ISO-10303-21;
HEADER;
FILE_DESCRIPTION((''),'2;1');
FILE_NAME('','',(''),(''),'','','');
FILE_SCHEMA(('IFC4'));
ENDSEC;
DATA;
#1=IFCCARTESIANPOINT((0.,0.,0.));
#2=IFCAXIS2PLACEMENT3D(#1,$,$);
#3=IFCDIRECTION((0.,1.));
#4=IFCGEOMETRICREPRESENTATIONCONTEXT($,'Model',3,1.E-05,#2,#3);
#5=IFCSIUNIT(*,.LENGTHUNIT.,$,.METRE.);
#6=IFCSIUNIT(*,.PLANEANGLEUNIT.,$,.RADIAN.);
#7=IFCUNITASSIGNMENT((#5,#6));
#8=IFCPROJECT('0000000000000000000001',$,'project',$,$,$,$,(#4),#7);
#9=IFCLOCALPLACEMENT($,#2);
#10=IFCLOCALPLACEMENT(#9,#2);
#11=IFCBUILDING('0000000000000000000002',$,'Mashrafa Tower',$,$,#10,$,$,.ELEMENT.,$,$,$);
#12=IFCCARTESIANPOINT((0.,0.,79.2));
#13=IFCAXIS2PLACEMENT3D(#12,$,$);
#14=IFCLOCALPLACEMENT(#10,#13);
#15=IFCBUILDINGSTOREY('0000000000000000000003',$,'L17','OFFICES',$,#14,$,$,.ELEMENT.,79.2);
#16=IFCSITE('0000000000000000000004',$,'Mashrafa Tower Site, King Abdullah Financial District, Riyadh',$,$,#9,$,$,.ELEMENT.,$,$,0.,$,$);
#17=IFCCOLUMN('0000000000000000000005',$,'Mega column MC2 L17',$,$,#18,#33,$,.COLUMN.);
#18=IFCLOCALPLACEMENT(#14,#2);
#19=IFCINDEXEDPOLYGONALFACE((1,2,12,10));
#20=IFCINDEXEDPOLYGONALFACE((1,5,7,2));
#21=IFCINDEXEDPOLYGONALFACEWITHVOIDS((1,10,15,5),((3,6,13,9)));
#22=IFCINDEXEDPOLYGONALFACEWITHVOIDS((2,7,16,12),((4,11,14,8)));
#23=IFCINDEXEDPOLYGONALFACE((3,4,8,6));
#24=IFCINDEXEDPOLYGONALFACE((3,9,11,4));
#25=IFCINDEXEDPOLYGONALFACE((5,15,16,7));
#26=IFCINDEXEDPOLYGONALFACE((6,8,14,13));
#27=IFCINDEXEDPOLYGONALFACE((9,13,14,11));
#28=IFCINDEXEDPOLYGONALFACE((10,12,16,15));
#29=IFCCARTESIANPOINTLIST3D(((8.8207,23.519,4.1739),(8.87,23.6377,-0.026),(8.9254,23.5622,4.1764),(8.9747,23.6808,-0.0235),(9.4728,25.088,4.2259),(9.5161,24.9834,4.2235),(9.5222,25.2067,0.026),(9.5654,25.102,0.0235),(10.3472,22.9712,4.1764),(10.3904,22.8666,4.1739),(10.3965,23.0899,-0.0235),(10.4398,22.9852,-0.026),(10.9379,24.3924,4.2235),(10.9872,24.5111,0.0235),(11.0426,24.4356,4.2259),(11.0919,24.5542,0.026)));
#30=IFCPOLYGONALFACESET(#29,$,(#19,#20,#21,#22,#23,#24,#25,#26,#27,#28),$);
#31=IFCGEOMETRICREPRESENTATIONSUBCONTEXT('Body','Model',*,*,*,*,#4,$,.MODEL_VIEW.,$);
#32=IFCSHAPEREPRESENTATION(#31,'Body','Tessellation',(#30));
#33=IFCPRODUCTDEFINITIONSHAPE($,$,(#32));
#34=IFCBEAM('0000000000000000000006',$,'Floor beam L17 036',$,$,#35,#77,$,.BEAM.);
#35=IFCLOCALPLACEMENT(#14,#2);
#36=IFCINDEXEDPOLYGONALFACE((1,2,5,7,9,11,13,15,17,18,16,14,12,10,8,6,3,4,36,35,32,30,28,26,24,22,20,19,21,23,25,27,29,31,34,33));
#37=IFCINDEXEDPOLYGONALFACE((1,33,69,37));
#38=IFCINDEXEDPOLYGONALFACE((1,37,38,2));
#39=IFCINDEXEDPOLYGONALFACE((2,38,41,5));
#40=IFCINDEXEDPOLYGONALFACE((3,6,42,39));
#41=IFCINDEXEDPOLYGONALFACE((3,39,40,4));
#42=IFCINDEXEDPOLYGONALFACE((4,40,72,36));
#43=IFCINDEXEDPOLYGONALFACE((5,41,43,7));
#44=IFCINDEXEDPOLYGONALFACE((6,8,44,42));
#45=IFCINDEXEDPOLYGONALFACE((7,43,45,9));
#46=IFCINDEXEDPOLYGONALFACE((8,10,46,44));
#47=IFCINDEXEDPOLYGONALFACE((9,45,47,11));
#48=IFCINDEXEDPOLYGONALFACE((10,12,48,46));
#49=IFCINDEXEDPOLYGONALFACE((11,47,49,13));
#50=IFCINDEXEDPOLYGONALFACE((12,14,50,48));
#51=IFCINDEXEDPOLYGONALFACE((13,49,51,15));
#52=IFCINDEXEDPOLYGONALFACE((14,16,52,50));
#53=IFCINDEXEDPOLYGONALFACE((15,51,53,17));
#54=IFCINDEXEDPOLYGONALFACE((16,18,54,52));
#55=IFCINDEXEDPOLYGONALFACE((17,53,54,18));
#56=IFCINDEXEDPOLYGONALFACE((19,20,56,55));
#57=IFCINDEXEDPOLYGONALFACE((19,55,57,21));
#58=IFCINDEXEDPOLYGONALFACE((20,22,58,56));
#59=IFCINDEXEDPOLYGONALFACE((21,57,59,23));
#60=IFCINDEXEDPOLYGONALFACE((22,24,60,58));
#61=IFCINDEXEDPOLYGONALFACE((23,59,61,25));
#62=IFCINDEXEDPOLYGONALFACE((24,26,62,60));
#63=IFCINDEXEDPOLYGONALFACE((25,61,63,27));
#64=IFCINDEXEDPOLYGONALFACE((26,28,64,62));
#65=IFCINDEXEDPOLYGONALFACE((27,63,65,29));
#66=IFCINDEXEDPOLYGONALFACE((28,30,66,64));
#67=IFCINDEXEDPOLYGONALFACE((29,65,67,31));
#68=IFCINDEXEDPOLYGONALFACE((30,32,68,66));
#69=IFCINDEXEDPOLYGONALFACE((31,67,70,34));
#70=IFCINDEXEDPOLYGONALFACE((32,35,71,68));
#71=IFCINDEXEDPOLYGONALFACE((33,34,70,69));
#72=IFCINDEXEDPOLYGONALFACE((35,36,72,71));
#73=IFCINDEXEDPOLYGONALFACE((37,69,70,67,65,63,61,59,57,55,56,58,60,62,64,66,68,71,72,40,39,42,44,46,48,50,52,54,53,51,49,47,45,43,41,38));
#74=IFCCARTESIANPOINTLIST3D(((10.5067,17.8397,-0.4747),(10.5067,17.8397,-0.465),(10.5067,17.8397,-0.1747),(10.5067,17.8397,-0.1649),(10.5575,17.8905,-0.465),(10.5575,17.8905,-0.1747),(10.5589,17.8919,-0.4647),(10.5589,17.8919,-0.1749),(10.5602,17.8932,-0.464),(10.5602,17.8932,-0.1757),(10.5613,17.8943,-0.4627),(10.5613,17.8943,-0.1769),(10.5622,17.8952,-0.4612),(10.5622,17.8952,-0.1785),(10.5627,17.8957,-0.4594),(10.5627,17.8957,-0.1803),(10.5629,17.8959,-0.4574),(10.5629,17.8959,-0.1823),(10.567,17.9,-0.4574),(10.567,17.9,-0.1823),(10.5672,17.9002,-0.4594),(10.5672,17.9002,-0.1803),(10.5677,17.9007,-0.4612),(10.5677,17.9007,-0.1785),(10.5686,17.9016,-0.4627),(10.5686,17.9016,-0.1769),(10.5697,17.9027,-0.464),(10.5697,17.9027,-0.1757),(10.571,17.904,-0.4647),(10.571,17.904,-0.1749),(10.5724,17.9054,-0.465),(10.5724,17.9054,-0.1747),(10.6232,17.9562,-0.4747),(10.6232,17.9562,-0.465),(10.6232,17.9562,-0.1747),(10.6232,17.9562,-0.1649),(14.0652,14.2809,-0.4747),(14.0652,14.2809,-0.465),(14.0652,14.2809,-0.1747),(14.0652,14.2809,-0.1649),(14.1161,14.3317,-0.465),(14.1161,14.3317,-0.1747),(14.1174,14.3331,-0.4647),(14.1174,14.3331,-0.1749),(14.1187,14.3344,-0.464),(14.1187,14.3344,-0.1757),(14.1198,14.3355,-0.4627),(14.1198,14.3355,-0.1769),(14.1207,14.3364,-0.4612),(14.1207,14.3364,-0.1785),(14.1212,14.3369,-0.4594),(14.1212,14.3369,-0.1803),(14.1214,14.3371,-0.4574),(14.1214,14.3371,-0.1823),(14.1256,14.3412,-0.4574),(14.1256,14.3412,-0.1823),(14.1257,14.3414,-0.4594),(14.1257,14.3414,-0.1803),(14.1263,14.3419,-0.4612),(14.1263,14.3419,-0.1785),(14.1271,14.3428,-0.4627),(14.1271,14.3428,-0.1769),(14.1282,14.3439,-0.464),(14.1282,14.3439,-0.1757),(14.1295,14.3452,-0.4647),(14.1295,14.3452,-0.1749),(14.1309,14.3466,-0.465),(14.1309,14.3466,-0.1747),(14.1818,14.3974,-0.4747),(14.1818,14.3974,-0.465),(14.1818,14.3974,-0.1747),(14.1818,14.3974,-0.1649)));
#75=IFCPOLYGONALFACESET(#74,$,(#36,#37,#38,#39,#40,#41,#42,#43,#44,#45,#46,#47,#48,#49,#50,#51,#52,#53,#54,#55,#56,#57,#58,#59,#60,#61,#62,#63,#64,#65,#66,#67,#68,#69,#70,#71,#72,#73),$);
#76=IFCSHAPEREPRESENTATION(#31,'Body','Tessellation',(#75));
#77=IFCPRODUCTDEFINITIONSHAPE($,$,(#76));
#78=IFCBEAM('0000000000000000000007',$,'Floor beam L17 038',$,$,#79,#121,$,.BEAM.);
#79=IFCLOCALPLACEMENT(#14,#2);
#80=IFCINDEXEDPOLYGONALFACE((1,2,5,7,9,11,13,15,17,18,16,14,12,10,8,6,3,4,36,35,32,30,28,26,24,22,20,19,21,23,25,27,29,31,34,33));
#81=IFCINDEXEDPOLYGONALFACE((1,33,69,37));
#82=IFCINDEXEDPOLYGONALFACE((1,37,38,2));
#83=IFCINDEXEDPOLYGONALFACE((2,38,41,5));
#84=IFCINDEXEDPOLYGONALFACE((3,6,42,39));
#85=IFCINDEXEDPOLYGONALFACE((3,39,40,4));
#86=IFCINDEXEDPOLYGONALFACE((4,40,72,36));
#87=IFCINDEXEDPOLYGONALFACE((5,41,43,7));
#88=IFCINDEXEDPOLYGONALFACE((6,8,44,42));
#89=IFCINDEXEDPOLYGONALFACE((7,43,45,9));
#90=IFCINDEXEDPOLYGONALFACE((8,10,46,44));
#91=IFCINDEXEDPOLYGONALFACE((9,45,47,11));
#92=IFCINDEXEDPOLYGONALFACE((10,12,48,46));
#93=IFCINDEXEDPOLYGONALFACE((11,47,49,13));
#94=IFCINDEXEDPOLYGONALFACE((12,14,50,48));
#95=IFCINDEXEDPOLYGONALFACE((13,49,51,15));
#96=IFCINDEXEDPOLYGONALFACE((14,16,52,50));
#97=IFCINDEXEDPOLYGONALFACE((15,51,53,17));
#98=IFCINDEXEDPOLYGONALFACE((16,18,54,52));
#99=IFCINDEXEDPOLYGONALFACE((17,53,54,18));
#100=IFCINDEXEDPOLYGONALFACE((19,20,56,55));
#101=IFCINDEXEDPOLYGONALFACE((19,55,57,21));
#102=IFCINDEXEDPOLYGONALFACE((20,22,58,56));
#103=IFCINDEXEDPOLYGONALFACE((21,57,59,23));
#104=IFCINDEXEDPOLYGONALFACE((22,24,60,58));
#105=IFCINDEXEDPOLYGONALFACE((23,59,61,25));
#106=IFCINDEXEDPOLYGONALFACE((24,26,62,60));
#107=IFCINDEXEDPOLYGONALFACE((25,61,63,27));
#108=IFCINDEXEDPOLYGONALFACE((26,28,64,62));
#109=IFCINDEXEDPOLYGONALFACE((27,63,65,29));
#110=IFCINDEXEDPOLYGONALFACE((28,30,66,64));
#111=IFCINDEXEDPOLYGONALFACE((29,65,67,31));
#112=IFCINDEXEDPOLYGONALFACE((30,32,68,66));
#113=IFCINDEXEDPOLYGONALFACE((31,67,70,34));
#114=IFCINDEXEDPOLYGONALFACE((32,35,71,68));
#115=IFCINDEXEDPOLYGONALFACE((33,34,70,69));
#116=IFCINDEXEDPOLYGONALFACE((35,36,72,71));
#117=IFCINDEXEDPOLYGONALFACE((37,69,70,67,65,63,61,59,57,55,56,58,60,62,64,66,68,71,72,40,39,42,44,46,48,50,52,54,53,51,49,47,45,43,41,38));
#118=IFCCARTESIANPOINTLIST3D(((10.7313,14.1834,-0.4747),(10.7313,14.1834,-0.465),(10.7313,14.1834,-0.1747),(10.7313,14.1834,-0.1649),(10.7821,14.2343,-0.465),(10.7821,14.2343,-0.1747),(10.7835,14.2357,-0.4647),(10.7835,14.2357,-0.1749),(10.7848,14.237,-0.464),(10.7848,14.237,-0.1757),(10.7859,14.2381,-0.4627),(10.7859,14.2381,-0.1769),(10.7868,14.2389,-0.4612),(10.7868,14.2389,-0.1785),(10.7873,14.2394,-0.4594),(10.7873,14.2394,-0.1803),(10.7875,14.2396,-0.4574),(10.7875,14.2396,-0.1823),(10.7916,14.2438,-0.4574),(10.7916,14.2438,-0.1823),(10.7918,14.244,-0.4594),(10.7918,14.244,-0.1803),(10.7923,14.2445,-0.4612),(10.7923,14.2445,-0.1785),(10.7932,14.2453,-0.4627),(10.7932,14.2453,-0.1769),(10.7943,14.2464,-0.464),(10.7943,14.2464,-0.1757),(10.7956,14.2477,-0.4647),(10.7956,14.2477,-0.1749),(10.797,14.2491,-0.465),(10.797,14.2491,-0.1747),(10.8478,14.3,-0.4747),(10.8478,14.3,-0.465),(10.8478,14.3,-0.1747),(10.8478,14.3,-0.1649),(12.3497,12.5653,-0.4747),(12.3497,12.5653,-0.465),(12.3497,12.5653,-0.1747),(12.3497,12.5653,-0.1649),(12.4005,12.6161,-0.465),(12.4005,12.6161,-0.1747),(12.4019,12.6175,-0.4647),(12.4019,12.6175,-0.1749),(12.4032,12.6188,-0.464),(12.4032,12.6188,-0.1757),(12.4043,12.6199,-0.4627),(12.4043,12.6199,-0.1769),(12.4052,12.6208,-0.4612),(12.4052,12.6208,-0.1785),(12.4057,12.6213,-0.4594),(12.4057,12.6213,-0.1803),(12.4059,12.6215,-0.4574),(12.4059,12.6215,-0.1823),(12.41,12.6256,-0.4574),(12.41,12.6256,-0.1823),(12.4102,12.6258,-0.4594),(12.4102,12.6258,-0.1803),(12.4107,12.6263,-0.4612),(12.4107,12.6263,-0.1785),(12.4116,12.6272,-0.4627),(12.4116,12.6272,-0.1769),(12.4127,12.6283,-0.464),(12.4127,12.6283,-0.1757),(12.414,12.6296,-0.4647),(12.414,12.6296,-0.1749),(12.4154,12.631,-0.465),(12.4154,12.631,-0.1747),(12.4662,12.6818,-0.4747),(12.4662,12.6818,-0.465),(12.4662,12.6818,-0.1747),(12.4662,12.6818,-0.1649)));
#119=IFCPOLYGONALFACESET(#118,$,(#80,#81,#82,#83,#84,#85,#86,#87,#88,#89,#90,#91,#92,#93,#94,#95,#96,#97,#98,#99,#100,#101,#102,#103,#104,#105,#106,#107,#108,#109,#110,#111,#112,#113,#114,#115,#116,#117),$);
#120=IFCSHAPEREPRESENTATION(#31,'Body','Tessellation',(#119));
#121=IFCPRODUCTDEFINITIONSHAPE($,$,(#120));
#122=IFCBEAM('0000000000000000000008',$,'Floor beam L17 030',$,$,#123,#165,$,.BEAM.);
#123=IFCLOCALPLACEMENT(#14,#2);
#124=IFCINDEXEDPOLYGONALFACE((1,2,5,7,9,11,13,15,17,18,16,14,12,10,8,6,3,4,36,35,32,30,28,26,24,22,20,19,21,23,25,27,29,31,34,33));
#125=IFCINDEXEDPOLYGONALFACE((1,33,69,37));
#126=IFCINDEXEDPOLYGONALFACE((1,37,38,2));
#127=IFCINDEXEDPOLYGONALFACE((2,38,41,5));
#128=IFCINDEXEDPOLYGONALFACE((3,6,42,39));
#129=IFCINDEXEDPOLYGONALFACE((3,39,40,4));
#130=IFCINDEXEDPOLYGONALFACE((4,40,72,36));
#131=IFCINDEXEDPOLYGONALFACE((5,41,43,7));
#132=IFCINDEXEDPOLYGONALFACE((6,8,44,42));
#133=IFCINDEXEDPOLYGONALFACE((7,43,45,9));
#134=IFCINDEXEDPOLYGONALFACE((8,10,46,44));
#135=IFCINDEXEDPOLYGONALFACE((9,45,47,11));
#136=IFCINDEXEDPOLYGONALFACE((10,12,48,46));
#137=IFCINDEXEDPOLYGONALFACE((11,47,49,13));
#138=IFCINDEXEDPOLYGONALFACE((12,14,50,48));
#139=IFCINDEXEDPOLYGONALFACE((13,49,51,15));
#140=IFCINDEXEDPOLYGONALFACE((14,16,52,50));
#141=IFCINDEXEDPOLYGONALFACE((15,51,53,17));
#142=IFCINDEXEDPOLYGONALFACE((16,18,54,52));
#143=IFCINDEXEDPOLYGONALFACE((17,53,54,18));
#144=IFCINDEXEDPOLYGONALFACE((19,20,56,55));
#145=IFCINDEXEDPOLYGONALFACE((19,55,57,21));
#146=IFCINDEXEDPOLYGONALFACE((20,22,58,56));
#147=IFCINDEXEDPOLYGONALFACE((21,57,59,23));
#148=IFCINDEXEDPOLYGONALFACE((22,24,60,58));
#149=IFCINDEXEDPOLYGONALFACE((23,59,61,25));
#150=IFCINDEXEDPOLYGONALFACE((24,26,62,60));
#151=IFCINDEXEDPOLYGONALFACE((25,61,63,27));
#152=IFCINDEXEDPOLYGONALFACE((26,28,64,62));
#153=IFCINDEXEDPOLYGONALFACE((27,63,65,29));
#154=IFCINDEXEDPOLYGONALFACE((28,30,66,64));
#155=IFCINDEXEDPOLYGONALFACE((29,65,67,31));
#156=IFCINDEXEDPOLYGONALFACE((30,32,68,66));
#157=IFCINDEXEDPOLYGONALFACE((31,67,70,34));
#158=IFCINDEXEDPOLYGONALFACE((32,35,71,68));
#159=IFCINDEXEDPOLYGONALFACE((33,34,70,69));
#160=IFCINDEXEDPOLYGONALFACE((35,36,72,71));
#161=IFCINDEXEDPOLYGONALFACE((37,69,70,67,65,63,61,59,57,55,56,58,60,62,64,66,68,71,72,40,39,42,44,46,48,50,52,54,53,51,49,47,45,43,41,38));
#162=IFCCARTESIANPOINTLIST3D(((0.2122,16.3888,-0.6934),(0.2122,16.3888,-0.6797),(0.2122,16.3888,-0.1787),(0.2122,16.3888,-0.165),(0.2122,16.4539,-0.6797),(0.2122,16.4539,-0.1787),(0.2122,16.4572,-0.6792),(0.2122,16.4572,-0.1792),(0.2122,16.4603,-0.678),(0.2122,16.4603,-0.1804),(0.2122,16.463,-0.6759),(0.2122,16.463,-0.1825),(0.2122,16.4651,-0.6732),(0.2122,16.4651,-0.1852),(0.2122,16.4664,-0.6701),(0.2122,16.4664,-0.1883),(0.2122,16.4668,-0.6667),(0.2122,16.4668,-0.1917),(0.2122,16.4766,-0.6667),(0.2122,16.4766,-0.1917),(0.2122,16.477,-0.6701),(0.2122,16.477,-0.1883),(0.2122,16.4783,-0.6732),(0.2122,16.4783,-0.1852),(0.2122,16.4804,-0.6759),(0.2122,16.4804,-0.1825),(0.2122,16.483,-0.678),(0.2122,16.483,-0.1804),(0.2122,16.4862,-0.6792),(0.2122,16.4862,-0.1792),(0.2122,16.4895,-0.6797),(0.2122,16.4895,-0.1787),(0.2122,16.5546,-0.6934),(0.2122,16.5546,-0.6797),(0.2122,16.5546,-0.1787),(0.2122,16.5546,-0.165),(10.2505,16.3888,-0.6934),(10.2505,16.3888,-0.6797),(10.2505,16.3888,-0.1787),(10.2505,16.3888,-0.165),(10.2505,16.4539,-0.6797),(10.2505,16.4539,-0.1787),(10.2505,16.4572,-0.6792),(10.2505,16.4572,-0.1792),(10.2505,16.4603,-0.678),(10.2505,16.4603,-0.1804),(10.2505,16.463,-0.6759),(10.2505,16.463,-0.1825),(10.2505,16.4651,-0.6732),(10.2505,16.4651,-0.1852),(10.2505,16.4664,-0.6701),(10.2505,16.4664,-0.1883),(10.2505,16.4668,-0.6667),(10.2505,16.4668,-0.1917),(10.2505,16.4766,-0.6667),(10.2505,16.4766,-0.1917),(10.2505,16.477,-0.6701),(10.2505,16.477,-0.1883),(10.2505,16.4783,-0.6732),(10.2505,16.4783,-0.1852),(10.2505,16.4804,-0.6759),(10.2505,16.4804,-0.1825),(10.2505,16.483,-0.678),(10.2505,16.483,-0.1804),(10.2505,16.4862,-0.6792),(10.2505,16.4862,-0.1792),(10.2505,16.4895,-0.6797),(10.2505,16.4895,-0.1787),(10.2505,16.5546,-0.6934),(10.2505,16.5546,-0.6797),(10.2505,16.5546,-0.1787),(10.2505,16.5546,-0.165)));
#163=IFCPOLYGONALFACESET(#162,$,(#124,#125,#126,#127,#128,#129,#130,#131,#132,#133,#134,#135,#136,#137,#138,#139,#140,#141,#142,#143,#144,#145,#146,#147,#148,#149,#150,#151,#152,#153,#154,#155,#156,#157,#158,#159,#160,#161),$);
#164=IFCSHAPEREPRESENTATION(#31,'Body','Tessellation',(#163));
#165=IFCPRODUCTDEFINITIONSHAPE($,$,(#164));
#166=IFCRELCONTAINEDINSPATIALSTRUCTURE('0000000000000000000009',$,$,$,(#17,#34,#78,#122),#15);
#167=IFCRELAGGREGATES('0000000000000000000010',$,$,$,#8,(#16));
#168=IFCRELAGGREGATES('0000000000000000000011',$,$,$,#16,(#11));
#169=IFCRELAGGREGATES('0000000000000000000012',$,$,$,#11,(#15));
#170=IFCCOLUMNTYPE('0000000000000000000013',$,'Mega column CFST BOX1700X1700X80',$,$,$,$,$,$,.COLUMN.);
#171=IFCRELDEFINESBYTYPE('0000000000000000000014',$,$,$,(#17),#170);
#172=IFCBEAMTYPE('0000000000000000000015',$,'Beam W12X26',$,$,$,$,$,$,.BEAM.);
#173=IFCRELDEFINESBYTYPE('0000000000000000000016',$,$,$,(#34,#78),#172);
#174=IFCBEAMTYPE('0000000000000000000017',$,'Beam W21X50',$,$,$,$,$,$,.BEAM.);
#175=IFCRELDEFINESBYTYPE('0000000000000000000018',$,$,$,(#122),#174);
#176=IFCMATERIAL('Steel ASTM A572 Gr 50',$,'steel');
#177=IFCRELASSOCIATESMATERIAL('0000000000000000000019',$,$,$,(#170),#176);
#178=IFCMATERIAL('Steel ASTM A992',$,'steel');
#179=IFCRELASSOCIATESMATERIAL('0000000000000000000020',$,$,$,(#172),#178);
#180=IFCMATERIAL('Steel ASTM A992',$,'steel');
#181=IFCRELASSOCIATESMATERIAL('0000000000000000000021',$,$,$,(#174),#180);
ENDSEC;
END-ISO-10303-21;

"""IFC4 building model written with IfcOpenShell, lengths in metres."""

from ifc_helpers import new_model, si_unit, direction, frame, origin, origin_2d, place, context, subcontext, project, spatial, hollow_rectangle, i_section, extrude, material, material_profile, profile_set, type_object, element, save


model = new_model("IFC4")

# Units and contexts
model_context = context("Model", 3, precision=1e-05, world=origin(), true_north=direction((0.0, 1.0)))
body_context = subcontext(model_context, "Body", "Model", "MODEL_VIEW")
ifc_project = project(units=[si_unit("LENGTHUNIT", "METRE"), si_unit("PLANEANGLEUNIT", "RADIAN")], contexts=[model_context])

# Site, building, storey
site_placement = place(None, origin())
site = spatial("IfcSite", under=ifc_project, at=site_placement, Name="Mashrafa Tower Site, King Abdullah Financial District, Riyadh", CompositionType="ELEMENT", RefElevation=0.0)
building_placement = place(site_placement, origin())
building = spatial("IfcBuilding", under=site, at=building_placement, Name="Mashrafa Tower", CompositionType="ELEMENT")
storey_placement = place(building_placement, frame((0.0, 0.0, 79.2)))
storey = spatial("IfcBuildingStorey", under=building, at=storey_placement, Name="L17", Description="OFFICES", CompositionType="ELEMENT", Elevation=79.2)

# Column
ifc_material_1 = material(Name="Steel ASTM A572 Gr 50", Category="steel")
ifc_material_profile_1 = material_profile(ifc_material_1, hollow_rectangle(XDim=1.7, YDim=1.7, WallThickness=0.0801, at=origin_2d()), Name="BOX1700X1700X80")
ifc_profile_set_1 = profile_set([ifc_material_profile_1], Name="Steel ASTM A572 Gr 50")
column_type = type_object("IfcColumnType", Name="Mega column CFST BOX1700X1700X80", PredefinedType="COLUMN", material=ifc_profile_set_1)
column_placement = place(storey_placement, frame((9.981, 24.0959, 0.0), z_axis=(-0.011737, -0.028238, 0.999532), x_axis=(0.923414, -0.383806, 0.0)))
element("IfcColumn", 1, at=column_placement, inside=storey, type_object=column_type, Name="Mega column MC2 L17", PredefinedType="COLUMN", context=body_context, shape_type="SweptSolid", body=[
    extrude(hollow_rectangle(XDim=1.7, YDim=1.7, WallThickness=0.0801, at=origin_2d()), origin(), (0.0, 0.0, 1.0), 4.2019),
])

# Beams
ifc_material_2 = material(Name="Steel ASTM A992", Category="steel")
ifc_material_profile_2 = material_profile(ifc_material_2, i_section(OverallWidth=0.1648, OverallDepth=0.3098, WebThickness=0.0059, FlangeThickness=0.0098, FilletRadius=0.0076, at=origin_2d()), Name="W12X26")
ifc_profile_set_2 = profile_set([ifc_material_profile_2], Name="Steel ASTM A992")
beam_type_1 = type_object("IfcBeamType", Name="Beam W12X26", PredefinedType="BEAM", material=ifc_profile_set_2)
beam_1_placement = place(storey_placement, frame((10.5649, 17.8979, -0.3198), z_axis=(0.707083, -0.707131, 0.0), x_axis=(0.707131, 0.707083, 0.0)))
element("IfcBeam", 2, at=beam_1_placement, inside=storey, type_object=beam_type_1, Name="Floor beam L17 036", PredefinedType="BEAM", context=body_context, shape_type="SweptSolid", body=[
    extrude(i_section(OverallWidth=0.1648, OverallDepth=0.3098, WebThickness=0.0059, FlangeThickness=0.0098, FilletRadius=0.0076, at=origin_2d()), origin(), (0.0, 0.0, 1.0), 5.0327),
])
beam_2_placement = place(storey_placement, frame((10.7896, 14.2417, -0.3198), z_axis=(0.70716, -0.707053, 0.0), x_axis=(0.707053, 0.70716, 0.0)))
element("IfcBeam", 3, at=beam_2_placement, inside=storey, type_object=beam_type_1, Name="Floor beam L17 038", PredefinedType="BEAM", context=body_context, shape_type="SweptSolid", body=[
    extrude(i_section(OverallWidth=0.1648, OverallDepth=0.3098, WebThickness=0.0059, FlangeThickness=0.0098, FilletRadius=0.0076, at=origin_2d()), origin(), (0.0, 0.0, 1.0), 2.2886),
])
ifc_material_3 = material(Name="Steel ASTM A992", Category="steel")
ifc_material_profile_3 = material_profile(ifc_material_3, i_section(OverallWidth=0.1658, OverallDepth=0.5283, WebThickness=0.0098, FlangeThickness=0.0137, FilletRadius=0.0129, at=origin_2d()), Name="W21X50")
ifc_profile_set_3 = profile_set([ifc_material_profile_3], Name="Steel ASTM A992")
beam_type_2 = type_object("IfcBeamType", Name="Beam W21X50", PredefinedType="BEAM", material=ifc_profile_set_3)
beam_3_placement = place(storey_placement, frame((0.2122, 16.4717, -0.4292), z_axis=(1.0, 0.0, 0.0), x_axis=(0.0, 1.0, 0.0)))
element("IfcBeam", 4, at=beam_3_placement, inside=storey, type_object=beam_type_2, Name="Floor beam L17 030", PredefinedType="BEAM", context=body_context, shape_type="SweptSolid", body=[
    extrude(i_section(OverallWidth=0.1658, OverallDepth=0.5283, WebThickness=0.0098, FlangeThickness=0.0137, FilletRadius=0.0129, at=origin_2d()), origin(), (0.0, 0.0, 1.0), 10.0383),
])

save(model, "model.ifc")
